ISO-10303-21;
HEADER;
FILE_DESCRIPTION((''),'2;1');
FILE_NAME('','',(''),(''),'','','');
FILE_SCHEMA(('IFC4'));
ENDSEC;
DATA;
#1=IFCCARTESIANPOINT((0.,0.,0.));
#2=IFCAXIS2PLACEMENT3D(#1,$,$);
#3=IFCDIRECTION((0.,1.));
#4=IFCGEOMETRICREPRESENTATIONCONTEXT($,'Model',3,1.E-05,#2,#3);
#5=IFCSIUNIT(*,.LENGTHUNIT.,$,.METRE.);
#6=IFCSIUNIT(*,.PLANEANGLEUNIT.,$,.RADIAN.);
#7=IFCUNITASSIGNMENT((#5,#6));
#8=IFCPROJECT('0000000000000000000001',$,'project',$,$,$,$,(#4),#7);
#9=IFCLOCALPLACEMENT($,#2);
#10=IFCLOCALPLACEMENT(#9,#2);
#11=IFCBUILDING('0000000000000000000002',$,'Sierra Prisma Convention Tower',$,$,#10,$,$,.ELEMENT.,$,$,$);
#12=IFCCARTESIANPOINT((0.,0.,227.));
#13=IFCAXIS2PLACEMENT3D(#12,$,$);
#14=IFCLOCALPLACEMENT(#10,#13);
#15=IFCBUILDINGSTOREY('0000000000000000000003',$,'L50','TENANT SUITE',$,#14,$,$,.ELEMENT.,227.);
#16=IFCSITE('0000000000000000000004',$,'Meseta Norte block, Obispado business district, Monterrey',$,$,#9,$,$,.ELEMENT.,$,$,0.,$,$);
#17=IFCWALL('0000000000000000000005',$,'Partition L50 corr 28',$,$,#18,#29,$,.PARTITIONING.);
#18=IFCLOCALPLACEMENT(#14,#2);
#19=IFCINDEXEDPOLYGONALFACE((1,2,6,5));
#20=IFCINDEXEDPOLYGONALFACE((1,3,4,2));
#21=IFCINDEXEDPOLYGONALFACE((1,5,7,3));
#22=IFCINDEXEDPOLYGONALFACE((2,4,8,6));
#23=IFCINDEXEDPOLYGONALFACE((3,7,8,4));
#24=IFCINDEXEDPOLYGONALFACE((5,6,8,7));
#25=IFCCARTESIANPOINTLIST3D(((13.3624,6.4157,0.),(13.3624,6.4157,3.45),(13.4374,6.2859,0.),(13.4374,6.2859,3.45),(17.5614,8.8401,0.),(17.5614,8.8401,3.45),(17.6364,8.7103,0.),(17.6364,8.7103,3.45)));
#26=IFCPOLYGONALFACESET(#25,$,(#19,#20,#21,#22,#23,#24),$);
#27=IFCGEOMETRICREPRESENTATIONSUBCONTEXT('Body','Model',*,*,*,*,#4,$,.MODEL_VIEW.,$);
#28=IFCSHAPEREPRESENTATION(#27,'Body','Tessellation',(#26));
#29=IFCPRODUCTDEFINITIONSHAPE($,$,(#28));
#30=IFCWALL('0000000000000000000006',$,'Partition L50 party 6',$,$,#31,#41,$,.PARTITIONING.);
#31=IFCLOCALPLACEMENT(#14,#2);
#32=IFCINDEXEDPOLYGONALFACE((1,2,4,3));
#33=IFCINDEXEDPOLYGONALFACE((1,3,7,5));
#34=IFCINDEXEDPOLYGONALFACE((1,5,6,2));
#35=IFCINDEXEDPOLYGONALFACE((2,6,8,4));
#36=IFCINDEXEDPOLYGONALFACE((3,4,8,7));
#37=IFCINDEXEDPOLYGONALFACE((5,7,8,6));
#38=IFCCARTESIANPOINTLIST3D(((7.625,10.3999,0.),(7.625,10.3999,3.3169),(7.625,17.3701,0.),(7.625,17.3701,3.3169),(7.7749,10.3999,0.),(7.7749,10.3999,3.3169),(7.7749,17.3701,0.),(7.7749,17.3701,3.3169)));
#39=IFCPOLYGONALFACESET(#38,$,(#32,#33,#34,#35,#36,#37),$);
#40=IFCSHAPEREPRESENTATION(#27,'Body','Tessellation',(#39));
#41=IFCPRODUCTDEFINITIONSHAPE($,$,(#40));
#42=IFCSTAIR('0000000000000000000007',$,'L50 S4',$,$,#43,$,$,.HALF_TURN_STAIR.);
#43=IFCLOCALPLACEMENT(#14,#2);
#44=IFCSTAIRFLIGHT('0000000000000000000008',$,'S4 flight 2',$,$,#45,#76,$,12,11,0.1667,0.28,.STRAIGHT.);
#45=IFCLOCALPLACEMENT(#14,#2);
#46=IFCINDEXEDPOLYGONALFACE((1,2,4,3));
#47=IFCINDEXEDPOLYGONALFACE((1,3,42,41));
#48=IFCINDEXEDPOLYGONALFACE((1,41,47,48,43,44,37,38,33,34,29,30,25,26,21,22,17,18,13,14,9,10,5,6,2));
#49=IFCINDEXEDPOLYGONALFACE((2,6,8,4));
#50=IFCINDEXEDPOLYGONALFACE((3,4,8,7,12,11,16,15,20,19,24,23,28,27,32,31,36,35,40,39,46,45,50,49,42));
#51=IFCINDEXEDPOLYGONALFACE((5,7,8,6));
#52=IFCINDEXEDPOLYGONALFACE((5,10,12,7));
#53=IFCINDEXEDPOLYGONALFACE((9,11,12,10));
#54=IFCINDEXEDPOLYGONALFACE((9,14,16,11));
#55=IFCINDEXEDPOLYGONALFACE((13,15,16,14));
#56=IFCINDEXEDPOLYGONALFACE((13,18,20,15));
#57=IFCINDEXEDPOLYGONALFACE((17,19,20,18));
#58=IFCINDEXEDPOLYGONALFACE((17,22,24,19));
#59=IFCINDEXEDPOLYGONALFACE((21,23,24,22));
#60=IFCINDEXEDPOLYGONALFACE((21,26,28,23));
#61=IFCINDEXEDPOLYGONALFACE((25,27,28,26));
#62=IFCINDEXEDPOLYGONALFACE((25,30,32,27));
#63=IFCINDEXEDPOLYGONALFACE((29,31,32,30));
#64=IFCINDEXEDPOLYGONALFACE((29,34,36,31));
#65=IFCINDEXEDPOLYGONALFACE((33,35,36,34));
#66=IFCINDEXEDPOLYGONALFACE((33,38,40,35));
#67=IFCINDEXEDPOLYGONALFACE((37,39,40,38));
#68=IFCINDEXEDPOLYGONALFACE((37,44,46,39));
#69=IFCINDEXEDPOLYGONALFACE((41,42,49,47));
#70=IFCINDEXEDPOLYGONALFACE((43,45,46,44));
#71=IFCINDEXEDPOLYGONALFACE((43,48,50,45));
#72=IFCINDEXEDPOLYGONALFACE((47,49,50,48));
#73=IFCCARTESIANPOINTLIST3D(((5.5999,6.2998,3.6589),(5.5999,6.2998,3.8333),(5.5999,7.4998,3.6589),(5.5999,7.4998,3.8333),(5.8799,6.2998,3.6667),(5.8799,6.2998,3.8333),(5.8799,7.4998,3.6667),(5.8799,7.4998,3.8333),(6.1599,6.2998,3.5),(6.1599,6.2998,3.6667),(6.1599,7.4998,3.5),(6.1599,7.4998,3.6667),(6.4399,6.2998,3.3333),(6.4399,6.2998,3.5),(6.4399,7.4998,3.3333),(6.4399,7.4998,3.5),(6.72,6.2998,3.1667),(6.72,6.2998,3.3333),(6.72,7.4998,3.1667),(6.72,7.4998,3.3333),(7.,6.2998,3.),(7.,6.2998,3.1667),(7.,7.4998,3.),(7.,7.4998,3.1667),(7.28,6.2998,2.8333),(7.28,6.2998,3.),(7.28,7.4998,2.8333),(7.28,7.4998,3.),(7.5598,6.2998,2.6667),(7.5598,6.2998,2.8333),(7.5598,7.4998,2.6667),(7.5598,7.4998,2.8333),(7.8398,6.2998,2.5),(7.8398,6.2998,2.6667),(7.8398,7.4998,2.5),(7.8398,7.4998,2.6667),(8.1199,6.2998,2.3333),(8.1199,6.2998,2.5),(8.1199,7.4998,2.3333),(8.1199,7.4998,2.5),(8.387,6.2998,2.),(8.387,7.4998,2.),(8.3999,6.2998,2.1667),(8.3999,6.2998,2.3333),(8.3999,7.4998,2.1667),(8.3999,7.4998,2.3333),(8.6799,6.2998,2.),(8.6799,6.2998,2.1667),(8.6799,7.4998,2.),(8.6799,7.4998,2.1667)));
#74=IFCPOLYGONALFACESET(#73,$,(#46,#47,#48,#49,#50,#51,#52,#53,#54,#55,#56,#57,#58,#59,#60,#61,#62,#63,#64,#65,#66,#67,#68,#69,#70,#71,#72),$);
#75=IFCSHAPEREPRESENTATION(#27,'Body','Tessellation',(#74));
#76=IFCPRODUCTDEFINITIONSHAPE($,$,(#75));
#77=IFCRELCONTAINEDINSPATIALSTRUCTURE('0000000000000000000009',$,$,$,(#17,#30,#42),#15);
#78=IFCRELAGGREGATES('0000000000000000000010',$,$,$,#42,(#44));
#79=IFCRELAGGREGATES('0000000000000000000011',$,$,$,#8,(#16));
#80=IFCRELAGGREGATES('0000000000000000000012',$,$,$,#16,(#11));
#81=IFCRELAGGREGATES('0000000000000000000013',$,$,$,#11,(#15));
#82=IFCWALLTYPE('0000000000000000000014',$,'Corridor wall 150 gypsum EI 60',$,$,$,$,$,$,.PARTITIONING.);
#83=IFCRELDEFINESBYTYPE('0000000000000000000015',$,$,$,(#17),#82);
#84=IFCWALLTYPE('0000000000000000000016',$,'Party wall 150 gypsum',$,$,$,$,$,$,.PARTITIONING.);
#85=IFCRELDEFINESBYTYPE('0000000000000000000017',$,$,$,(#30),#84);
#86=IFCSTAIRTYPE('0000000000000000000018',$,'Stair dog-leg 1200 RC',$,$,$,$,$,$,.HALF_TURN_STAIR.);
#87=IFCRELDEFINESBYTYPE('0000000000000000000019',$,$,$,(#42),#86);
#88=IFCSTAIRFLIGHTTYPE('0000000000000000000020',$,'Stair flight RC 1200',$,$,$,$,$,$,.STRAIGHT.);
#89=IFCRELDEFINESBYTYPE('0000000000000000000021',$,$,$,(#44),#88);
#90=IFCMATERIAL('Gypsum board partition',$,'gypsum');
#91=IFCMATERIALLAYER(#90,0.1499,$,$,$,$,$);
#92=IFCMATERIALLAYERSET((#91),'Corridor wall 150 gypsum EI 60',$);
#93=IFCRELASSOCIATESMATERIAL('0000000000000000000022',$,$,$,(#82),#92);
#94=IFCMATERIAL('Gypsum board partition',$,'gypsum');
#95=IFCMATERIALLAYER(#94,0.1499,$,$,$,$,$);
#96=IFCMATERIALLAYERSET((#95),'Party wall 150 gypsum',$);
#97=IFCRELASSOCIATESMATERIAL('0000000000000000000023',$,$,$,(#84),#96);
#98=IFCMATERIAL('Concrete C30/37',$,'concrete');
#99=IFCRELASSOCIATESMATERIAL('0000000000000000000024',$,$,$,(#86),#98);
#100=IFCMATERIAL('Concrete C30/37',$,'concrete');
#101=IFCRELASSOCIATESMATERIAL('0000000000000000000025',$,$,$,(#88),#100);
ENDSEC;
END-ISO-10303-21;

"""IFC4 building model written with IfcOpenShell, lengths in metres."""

from ifc_helpers import new_model, si_unit, direction, frame, frame_2d, origin, place, context, subcontext, project, spatial, polyline, rectangle, outline, extrude, material, layer, layer_set, type_object, element, aggregate, save


model = new_model("IFC4")

# Units and contexts
model_context = context("Model", 3, precision=1e-05, world=origin(), true_north=direction((0.0, 1.0)))
body_context = subcontext(model_context, "Body", "Model", "MODEL_VIEW")
ifc_project = project(units=[si_unit("LENGTHUNIT", "METRE"), si_unit("PLANEANGLEUNIT", "RADIAN")], contexts=[model_context])

# Site, building, storey
site_placement = place(None, origin())
site = spatial("IfcSite", under=ifc_project, at=site_placement, Name="Meseta Norte block, Obispado business district, Monterrey", CompositionType="ELEMENT", RefElevation=0.0)
building_placement = place(site_placement, origin())
building = spatial("IfcBuilding", under=site, at=building_placement, Name="Sierra Prisma Convention Tower", CompositionType="ELEMENT")
storey_placement = place(building_placement, frame((0.0, 0.0, 227.0)))
storey = spatial("IfcBuildingStorey", under=building, at=storey_placement, Name="L50", Description="TENANT SUITE", CompositionType="ELEMENT", Elevation=227.0)

# Shared definitions
ifc_material_1 = material(Name="Gypsum board partition", Category="gypsum")
ifc_layer_1 = layer(ifc_material_1, 0.1499)
ifc_layer_set_1 = layer_set([ifc_layer_1], Name="Corridor wall 150 gypsum EI 60")
wall_type_1 = type_object("IfcWallType", Name="Corridor wall 150 gypsum EI 60", PredefinedType="PARTITIONING", material=ifc_layer_set_1)

# Walls
wall_1_placement = place(storey_placement, frame((13.3999, 6.3508, 0.0), z_axis=(0.0, 0.0, 1.0), x_axis=(0.866022, 0.500006, 0.0)))
element("IfcWall", 1, at=wall_1_placement, inside=storey, type_object=wall_type_1, Name="Partition L50 corr 28", PredefinedType="PARTITIONING", context=body_context, shape_type="SweptSolid", body=[
    extrude(rectangle(XDim=4.8486, YDim=0.1499, at=frame_2d((2.4243, 0.0))), origin(), (0.0, 0.0, 1.0), 3.45),
])
ifc_material_2 = material(Name="Gypsum board partition", Category="gypsum")
ifc_layer_2 = layer(ifc_material_2, 0.1499)
ifc_layer_set_2 = layer_set([ifc_layer_2], Name="Party wall 150 gypsum")
wall_type_2 = type_object("IfcWallType", Name="Party wall 150 gypsum", PredefinedType="PARTITIONING", material=ifc_layer_set_2)
wall_2_placement = place(storey_placement, frame((7.7, 10.3999, 0.0), z_axis=(0.0, 0.0, 1.0), x_axis=(0.0, 1.0, 0.0)))
element("IfcWall", 2, at=wall_2_placement, inside=storey, type_object=wall_type_2, Name="Partition L50 party 6", PredefinedType="PARTITIONING", context=body_context, shape_type="SweptSolid", body=[
    extrude(rectangle(XDim=6.9702, YDim=0.1499, at=frame_2d((3.4851, 0.0))), origin(), (0.0, 0.0, 1.0), 3.3169),
])

# Stair, stair flight
ifc_material_3 = material(Name="Concrete C30/37", Category="concrete")
stair_type = type_object("IfcStairType", Name="Stair dog-leg 1200 RC", PredefinedType="HALF_TURN_STAIR", material=ifc_material_3)
stair_placement = place(storey_placement, origin())
stair = element("IfcStair", 3, at=stair_placement, inside=storey, type_object=stair_type, Name="L50 S4", PredefinedType="HALF_TURN_STAIR")
ifc_material_4 = material(Name="Concrete C30/37", Category="concrete")
stair_flight_type = type_object("IfcStairFlightType", Name="Stair flight RC 1200", PredefinedType="STRAIGHT", material=ifc_material_4)
stair_flight_placement = place(storey_placement, frame((8.6799, 6.8999, 2.0), z_axis=(0.0, 0.0, 1.0), x_axis=(-1.0, 0.0, 0.0)))
stair_flight = element("IfcStairFlight", 4, at=stair_flight_placement, type_object=stair_flight_type, Name="S4 flight 2", NumberOfRisers=12, NumberOfTreads=11, PredefinedType="STRAIGHT", RiserHeight=0.1667, TreadLength=0.28, context=body_context, shape_type="SweptSolid", body=[
    extrude(outline(polyline([(0.0, 0.0), (0.0, 0.1667), (0.28, 0.1667), (0.28, 0.3333), (0.5601, 0.3333), (0.5601, 0.5), (0.8401, 0.5), (0.8401, 0.6667), (1.1201, 0.6667), (1.1201, 0.8333), (1.3999, 0.8333), (1.3999, 1.0), (1.6799, 1.0), (1.6799, 1.1667), (1.96, 1.1667), (1.96, 1.3333), (2.24, 1.3333), (2.24, 1.5), (2.52, 1.5), (2.52, 1.6667), (2.8, 1.6667), (2.8, 1.8333), (3.0801, 1.8333), (3.0801, 2.0), (3.0801, 1.6589), (0.293, 0.0), (0.0, 0.0)])), frame((0.0, 0.6001, 0.0), z_axis=(0.0, -1.0, 0.0), x_axis=(1.0, 0.0, 0.0)), (0.0, 0.0, 1.0), 1.2),
])
aggregate(stair, [stair_flight])

save(model, "model.ifc")
